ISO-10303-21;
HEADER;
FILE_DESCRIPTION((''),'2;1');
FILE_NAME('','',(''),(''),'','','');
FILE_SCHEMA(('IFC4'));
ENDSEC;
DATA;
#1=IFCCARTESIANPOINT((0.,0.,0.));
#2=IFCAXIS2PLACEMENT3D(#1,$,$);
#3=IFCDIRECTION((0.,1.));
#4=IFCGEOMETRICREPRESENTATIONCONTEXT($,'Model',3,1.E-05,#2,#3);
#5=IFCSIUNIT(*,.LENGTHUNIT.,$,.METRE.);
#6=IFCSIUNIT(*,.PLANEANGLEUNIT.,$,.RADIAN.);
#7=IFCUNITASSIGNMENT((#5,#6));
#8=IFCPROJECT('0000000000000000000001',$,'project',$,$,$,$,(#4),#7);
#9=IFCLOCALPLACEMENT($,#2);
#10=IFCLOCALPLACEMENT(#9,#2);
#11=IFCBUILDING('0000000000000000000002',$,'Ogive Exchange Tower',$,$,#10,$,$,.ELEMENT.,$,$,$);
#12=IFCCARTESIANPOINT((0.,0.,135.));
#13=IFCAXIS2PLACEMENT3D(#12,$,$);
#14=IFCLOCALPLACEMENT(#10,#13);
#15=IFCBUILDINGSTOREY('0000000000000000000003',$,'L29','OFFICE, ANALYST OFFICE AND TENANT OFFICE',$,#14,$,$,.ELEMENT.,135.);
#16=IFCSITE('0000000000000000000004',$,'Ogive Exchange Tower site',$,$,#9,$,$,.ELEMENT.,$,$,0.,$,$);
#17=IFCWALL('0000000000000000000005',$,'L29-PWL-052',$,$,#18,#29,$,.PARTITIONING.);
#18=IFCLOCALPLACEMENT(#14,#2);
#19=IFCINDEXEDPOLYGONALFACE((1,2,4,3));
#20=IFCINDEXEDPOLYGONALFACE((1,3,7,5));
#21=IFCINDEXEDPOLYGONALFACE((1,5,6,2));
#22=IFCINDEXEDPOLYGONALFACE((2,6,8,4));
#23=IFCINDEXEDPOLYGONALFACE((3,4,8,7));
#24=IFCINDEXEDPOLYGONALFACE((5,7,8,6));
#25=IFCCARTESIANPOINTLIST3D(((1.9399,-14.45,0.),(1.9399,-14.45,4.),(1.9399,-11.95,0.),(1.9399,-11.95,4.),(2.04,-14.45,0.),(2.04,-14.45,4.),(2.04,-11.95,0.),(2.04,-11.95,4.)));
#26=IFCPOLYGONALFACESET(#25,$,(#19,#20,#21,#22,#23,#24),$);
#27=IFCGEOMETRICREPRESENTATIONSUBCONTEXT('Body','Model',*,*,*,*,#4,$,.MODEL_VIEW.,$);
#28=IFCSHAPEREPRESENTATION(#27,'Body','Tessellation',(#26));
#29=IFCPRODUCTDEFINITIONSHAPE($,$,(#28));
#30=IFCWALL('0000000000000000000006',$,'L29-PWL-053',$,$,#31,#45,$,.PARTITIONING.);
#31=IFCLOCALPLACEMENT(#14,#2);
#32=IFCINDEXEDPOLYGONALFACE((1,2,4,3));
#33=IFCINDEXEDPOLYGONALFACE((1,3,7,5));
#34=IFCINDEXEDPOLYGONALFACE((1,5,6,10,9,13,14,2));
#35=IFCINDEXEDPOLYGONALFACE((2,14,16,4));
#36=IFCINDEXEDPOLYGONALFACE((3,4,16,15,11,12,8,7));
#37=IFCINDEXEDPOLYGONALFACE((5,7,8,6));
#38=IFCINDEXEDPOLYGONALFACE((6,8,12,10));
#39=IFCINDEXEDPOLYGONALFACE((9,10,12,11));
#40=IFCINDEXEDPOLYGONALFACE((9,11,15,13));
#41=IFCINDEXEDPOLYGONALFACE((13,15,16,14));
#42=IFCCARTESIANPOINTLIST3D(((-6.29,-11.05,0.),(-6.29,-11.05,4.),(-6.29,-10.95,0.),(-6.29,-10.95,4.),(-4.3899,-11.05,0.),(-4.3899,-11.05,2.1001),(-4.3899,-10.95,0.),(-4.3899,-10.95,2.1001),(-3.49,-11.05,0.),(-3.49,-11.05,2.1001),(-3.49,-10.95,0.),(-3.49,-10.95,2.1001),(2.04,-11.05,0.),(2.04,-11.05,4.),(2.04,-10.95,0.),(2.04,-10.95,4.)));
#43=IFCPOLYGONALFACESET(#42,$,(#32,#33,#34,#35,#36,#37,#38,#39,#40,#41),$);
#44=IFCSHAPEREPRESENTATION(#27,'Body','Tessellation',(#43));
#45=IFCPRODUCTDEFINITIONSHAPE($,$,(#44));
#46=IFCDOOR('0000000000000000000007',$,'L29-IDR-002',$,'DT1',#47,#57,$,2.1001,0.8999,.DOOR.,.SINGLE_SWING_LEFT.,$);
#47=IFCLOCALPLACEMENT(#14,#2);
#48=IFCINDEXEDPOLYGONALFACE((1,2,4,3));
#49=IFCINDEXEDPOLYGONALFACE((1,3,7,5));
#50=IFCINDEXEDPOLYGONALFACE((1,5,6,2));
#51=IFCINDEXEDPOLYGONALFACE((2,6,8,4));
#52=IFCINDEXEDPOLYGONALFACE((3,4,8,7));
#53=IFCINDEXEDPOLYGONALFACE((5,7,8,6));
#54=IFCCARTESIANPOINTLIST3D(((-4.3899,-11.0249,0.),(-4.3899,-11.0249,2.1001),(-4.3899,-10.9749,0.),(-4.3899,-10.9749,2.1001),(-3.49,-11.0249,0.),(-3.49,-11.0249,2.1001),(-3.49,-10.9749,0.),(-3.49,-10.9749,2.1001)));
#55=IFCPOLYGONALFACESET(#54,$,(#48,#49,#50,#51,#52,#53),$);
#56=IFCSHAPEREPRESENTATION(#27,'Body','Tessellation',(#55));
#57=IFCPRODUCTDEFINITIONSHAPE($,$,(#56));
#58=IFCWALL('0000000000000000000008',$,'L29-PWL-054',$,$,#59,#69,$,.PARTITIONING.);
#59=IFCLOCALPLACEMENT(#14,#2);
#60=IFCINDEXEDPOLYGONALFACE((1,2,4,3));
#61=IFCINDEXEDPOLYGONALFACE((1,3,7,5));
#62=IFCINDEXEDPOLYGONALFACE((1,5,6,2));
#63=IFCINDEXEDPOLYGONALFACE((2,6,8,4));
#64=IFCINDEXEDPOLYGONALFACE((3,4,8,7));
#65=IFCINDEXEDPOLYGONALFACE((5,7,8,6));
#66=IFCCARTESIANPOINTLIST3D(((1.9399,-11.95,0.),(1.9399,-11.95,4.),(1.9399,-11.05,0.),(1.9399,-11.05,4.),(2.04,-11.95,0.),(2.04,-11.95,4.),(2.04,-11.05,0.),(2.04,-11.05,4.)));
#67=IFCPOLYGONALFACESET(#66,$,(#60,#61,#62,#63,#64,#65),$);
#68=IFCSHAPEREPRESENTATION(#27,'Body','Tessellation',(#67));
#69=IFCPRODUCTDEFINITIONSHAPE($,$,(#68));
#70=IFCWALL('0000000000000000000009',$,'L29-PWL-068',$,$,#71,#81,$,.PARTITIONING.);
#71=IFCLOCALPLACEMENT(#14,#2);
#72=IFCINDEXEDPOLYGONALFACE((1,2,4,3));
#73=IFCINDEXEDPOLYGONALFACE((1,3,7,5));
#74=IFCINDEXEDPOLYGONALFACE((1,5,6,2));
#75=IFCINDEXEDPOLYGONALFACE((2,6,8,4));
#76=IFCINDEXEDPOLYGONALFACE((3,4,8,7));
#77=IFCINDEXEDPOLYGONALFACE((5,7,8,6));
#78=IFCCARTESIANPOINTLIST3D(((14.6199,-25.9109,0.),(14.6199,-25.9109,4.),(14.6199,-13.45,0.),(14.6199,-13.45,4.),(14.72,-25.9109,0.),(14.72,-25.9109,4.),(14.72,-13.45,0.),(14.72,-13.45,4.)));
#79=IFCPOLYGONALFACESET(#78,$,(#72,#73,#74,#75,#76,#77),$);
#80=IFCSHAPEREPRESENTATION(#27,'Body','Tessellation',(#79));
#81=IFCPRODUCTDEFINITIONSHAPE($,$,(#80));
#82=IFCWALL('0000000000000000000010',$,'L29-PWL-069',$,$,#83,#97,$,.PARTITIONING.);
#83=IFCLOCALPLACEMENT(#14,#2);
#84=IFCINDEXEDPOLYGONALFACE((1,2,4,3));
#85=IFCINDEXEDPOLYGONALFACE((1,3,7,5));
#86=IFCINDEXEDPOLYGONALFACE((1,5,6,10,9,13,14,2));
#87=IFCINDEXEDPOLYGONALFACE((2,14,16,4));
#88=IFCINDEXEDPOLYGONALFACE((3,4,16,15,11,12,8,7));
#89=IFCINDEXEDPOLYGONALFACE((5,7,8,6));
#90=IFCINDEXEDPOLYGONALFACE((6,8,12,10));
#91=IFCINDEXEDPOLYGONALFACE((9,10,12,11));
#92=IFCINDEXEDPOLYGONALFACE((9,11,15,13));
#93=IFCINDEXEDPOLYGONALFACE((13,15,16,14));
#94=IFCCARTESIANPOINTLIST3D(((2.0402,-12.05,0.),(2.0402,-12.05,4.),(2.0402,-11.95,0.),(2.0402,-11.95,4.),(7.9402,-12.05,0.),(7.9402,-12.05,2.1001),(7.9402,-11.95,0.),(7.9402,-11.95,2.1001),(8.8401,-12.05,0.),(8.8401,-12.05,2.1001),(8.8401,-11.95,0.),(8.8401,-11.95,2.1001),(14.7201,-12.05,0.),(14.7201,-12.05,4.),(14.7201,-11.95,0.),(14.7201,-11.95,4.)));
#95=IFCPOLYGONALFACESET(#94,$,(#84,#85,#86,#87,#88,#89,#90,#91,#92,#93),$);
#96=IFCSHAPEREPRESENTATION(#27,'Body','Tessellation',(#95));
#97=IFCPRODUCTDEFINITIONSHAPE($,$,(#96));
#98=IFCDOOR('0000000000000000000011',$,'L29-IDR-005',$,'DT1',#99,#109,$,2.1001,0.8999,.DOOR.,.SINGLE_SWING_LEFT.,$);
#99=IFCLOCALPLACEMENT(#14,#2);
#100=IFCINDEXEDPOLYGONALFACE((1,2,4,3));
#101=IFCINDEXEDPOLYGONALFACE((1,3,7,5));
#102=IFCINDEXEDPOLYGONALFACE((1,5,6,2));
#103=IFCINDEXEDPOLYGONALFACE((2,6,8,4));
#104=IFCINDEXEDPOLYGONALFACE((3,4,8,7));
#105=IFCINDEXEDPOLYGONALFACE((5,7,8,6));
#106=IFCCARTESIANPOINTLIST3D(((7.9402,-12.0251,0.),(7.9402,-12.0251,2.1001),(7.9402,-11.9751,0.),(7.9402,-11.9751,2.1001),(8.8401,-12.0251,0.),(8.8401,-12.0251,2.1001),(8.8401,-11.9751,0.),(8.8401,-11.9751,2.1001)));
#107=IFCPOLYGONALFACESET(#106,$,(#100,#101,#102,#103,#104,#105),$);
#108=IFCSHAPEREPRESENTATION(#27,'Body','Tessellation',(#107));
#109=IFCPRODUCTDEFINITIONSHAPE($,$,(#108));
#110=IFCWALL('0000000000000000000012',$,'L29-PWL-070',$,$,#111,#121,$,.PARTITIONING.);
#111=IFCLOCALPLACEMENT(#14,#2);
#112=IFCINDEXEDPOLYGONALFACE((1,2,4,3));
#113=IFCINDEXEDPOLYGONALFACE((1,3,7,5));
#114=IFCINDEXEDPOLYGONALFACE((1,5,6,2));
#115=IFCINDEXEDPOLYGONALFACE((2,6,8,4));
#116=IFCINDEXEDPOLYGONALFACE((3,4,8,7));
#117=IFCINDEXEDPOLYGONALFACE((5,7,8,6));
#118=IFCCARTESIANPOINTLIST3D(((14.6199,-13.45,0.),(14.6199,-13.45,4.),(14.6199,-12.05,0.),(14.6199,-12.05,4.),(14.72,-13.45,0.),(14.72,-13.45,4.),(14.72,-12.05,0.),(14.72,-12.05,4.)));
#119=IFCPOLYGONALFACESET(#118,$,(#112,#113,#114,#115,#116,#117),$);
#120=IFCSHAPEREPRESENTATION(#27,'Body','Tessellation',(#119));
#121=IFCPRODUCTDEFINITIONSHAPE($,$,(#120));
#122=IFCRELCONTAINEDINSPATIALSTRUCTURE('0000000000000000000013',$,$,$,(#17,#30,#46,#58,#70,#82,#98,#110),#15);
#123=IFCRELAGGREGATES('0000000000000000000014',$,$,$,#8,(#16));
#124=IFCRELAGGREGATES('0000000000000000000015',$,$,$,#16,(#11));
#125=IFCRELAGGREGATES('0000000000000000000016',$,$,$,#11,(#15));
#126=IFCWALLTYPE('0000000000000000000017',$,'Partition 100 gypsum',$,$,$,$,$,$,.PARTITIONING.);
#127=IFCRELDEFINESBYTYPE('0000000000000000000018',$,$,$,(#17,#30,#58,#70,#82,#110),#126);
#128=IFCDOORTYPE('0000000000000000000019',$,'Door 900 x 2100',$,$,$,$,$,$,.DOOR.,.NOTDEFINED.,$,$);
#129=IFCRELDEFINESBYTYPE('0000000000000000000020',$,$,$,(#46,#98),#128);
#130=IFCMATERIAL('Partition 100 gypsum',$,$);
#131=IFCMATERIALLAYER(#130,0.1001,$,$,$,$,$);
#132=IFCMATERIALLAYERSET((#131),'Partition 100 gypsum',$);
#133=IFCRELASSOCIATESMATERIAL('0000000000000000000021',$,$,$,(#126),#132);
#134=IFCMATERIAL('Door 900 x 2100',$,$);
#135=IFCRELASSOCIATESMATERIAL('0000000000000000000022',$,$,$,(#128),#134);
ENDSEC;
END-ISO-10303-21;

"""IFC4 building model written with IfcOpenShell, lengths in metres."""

from ifc_helpers import new_model, si_unit, direction, frame, frame_2d, origin, place, context, subcontext, project, spatial, rectangle, extrude, material, layer, layer_set, type_object, element, fill, save


model = new_model("IFC4")

# Units and contexts
model_context = context("Model", 3, precision=1e-05, world=origin(), true_north=direction((0.0, 1.0)))
body_context = subcontext(model_context, "Body", "Model", "MODEL_VIEW")
ifc_project = project(units=[si_unit("LENGTHUNIT", "METRE"), si_unit("PLANEANGLEUNIT", "RADIAN")], contexts=[model_context])

# Site, building, storey
site_placement = place(None, origin())
site = spatial("IfcSite", under=ifc_project, at=site_placement, Name="Ogive Exchange Tower site", CompositionType="ELEMENT", RefElevation=0.0)
building_placement = place(site_placement, origin())
building = spatial("IfcBuilding", under=site, at=building_placement, Name="Ogive Exchange Tower", CompositionType="ELEMENT")
storey_placement = place(building_placement, frame((0.0, 0.0, 135.0)))
storey = spatial("IfcBuildingStorey", under=building, at=storey_placement, Name="L29", Description="OFFICE, ANALYST OFFICE AND TENANT OFFICE", CompositionType="ELEMENT", Elevation=135.0)

# Wall
ifc_material_1 = material(Name="Partition 100 gypsum")
ifc_layer_1 = layer(ifc_material_1, 0.1001)
ifc_layer_set_1 = layer_set([ifc_layer_1], Name="Partition 100 gypsum")
wall_type_1 = type_object("IfcWallType", Name="Partition 100 gypsum", PredefinedType="PARTITIONING", material=ifc_layer_set_1)
wall_1_placement = place(storey_placement, frame((1.99, -11.95, 0.0), z_axis=(0.0, 0.0, 1.0), x_axis=(0.0, -1.0, 0.0)))
element("IfcWall", 1, at=wall_1_placement, inside=storey, type_object=wall_type_1, Name="L29-PWL-052", PredefinedType="PARTITIONING", context=body_context, shape_type="SweptSolid", body=[
    extrude(rectangle(XDim=2.5, YDim=0.1001, at=frame_2d((1.25, 0.0))), origin(), (0.0, 0.0, 1.0), 4.0),
])

# Wall, opening, door
wall_2_placement = place(storey_placement, frame((2.04, -11.0, 0.0), z_axis=(0.0, 0.0, 1.0), x_axis=(-1.0, 0.0, 0.0)))
wall_2 = element("IfcWall", 2, at=wall_2_placement, inside=storey, type_object=wall_type_1, Name="L29-PWL-053", PredefinedType="PARTITIONING", context=body_context, shape_type="SweptSolid", body=[
    extrude(rectangle(XDim=8.3301, YDim=0.1001, at=frame_2d((4.165, 0.0))), origin(), (0.0, 0.0, 1.0), 4.0),
])
opening_1_placement = place(wall_2_placement, frame((5.53, 0.0, 0.0)))
opening_1 = element("IfcOpeningElement", 3, at=opening_1_placement, cuts=wall_2, PredefinedType="OPENING", context=body_context, shape_type="SweptSolid", body=[
    extrude(rectangle(XDim=0.8999, YDim=2.1001, at=frame_2d((0.45, 1.05))), frame((0.0, 0.0601, 0.0), z_axis=(0.0, -1.0, 0.0), x_axis=(1.0, 0.0, 0.0)), (0.0, 0.0, 1.0), 0.1201),
])
ifc_material_2 = material(Name="Door 900 x 2100")
door_type = type_object("IfcDoorType", Name="Door 900 x 2100", OperationType="NOTDEFINED", PredefinedType="DOOR", material=ifc_material_2)
door_1_placement = place(opening_1_placement, origin())
door_1 = element("IfcDoor", 4, at=door_1_placement, inside=storey, type_object=door_type, Name="L29-IDR-002", ObjectType="DT1", OperationType="SINGLE_SWING_LEFT", OverallHeight=2.1001, OverallWidth=0.8999, PredefinedType="DOOR", context=body_context, shape_type="SweptSolid", body=[
    extrude(rectangle(XDim=0.8999, YDim=2.1001, at=frame_2d((0.45, 1.05))), frame((0.0, 0.0249, 0.0), z_axis=(0.0, -1.0, 0.0), x_axis=(1.0, 0.0, 0.0)), (0.0, 0.0, 1.0), 0.05),
])
fill(opening_1, door_1)

# Walls
wall_3_placement = place(storey_placement, frame((1.99, -11.05, 0.0), z_axis=(0.0, 0.0, 1.0), x_axis=(0.0, -1.0, 0.0)))
element("IfcWall", 5, at=wall_3_placement, inside=storey, type_object=wall_type_1, Name="L29-PWL-054", PredefinedType="PARTITIONING", context=body_context, shape_type="SweptSolid", body=[
    extrude(rectangle(XDim=0.8999, YDim=0.1001, at=frame_2d((0.45, 0.0))), origin(), (0.0, 0.0, 1.0), 4.0),
])
wall_4_placement = place(storey_placement, frame((14.6699, -13.45, 0.0), z_axis=(0.0, 0.0, 1.0), x_axis=(0.0, -1.0, 0.0)))
element("IfcWall", 6, at=wall_4_placement, inside=storey, type_object=wall_type_1, Name="L29-PWL-068", PredefinedType="PARTITIONING", context=body_context, shape_type="SweptSolid", body=[
    extrude(rectangle(XDim=12.4609, YDim=0.1001, at=frame_2d((6.2305, 0.0))), origin(), (0.0, 0.0, 1.0), 4.0),
])

# Wall, opening, door
wall_5_placement = place(storey_placement, frame((14.72, -12.0, 0.0), z_axis=(0.0, 0.0, 1.0), x_axis=(-1.0, 0.0, 0.0)))
wall_5 = element("IfcWall", 7, at=wall_5_placement, inside=storey, type_object=wall_type_1, Name="L29-PWL-069", PredefinedType="PARTITIONING", context=body_context, shape_type="SweptSolid", body=[
    extrude(rectangle(XDim=12.6799, YDim=0.1001, at=frame_2d((6.3398, 0.0))), origin(), (0.0, 0.0, 1.0), 4.0),
])
opening_2_placement = place(wall_5_placement, frame((5.8799, 0.0, 0.0)))
opening_2 = element("IfcOpeningElement", 8, at=opening_2_placement, cuts=wall_5, PredefinedType="OPENING", context=body_context, shape_type="SweptSolid", body=[
    extrude(rectangle(XDim=0.8999, YDim=2.1001, at=frame_2d((0.45, 1.05))), frame((0.0, 0.0601, 0.0), z_axis=(0.0, -1.0, 0.0), x_axis=(1.0, 0.0, 0.0)), (0.0, 0.0, 1.0), 0.1201),
])
door_2_placement = place(opening_2_placement, frame((0.8999, 0.0, 0.0), z_axis=(0.0, 0.0, 1.0), x_axis=(-1.0, 0.0, 0.0)))
door_2 = element("IfcDoor", 9, at=door_2_placement, inside=storey, type_object=door_type, Name="L29-IDR-005", ObjectType="DT1", OperationType="SINGLE_SWING_LEFT", OverallHeight=2.1001, OverallWidth=0.8999, PredefinedType="DOOR", context=body_context, shape_type="SweptSolid", body=[
    extrude(rectangle(XDim=0.8999, YDim=2.1001, at=frame_2d((0.45, 1.05))), frame((0.0, 0.0249, 0.0), z_axis=(0.0, -1.0, 0.0), x_axis=(1.0, 0.0, 0.0)), (0.0, 0.0, 1.0), 0.05),
])
fill(opening_2, door_2)

# Wall
wall_6_placement = place(storey_placement, frame((14.6699, -12.05, 0.0), z_axis=(0.0, 0.0, 1.0), x_axis=(0.0, -1.0, 0.0)))
element("IfcWall", 10, at=wall_6_placement, inside=storey, type_object=wall_type_1, Name="L29-PWL-070", PredefinedType="PARTITIONING", context=body_context, shape_type="SweptSolid", body=[
    extrude(rectangle(XDim=1.3999, YDim=0.1001, at=frame_2d((0.7, 0.0))), origin(), (0.0, 0.0, 1.0), 4.0),
])

save(model, "model.ifc")
